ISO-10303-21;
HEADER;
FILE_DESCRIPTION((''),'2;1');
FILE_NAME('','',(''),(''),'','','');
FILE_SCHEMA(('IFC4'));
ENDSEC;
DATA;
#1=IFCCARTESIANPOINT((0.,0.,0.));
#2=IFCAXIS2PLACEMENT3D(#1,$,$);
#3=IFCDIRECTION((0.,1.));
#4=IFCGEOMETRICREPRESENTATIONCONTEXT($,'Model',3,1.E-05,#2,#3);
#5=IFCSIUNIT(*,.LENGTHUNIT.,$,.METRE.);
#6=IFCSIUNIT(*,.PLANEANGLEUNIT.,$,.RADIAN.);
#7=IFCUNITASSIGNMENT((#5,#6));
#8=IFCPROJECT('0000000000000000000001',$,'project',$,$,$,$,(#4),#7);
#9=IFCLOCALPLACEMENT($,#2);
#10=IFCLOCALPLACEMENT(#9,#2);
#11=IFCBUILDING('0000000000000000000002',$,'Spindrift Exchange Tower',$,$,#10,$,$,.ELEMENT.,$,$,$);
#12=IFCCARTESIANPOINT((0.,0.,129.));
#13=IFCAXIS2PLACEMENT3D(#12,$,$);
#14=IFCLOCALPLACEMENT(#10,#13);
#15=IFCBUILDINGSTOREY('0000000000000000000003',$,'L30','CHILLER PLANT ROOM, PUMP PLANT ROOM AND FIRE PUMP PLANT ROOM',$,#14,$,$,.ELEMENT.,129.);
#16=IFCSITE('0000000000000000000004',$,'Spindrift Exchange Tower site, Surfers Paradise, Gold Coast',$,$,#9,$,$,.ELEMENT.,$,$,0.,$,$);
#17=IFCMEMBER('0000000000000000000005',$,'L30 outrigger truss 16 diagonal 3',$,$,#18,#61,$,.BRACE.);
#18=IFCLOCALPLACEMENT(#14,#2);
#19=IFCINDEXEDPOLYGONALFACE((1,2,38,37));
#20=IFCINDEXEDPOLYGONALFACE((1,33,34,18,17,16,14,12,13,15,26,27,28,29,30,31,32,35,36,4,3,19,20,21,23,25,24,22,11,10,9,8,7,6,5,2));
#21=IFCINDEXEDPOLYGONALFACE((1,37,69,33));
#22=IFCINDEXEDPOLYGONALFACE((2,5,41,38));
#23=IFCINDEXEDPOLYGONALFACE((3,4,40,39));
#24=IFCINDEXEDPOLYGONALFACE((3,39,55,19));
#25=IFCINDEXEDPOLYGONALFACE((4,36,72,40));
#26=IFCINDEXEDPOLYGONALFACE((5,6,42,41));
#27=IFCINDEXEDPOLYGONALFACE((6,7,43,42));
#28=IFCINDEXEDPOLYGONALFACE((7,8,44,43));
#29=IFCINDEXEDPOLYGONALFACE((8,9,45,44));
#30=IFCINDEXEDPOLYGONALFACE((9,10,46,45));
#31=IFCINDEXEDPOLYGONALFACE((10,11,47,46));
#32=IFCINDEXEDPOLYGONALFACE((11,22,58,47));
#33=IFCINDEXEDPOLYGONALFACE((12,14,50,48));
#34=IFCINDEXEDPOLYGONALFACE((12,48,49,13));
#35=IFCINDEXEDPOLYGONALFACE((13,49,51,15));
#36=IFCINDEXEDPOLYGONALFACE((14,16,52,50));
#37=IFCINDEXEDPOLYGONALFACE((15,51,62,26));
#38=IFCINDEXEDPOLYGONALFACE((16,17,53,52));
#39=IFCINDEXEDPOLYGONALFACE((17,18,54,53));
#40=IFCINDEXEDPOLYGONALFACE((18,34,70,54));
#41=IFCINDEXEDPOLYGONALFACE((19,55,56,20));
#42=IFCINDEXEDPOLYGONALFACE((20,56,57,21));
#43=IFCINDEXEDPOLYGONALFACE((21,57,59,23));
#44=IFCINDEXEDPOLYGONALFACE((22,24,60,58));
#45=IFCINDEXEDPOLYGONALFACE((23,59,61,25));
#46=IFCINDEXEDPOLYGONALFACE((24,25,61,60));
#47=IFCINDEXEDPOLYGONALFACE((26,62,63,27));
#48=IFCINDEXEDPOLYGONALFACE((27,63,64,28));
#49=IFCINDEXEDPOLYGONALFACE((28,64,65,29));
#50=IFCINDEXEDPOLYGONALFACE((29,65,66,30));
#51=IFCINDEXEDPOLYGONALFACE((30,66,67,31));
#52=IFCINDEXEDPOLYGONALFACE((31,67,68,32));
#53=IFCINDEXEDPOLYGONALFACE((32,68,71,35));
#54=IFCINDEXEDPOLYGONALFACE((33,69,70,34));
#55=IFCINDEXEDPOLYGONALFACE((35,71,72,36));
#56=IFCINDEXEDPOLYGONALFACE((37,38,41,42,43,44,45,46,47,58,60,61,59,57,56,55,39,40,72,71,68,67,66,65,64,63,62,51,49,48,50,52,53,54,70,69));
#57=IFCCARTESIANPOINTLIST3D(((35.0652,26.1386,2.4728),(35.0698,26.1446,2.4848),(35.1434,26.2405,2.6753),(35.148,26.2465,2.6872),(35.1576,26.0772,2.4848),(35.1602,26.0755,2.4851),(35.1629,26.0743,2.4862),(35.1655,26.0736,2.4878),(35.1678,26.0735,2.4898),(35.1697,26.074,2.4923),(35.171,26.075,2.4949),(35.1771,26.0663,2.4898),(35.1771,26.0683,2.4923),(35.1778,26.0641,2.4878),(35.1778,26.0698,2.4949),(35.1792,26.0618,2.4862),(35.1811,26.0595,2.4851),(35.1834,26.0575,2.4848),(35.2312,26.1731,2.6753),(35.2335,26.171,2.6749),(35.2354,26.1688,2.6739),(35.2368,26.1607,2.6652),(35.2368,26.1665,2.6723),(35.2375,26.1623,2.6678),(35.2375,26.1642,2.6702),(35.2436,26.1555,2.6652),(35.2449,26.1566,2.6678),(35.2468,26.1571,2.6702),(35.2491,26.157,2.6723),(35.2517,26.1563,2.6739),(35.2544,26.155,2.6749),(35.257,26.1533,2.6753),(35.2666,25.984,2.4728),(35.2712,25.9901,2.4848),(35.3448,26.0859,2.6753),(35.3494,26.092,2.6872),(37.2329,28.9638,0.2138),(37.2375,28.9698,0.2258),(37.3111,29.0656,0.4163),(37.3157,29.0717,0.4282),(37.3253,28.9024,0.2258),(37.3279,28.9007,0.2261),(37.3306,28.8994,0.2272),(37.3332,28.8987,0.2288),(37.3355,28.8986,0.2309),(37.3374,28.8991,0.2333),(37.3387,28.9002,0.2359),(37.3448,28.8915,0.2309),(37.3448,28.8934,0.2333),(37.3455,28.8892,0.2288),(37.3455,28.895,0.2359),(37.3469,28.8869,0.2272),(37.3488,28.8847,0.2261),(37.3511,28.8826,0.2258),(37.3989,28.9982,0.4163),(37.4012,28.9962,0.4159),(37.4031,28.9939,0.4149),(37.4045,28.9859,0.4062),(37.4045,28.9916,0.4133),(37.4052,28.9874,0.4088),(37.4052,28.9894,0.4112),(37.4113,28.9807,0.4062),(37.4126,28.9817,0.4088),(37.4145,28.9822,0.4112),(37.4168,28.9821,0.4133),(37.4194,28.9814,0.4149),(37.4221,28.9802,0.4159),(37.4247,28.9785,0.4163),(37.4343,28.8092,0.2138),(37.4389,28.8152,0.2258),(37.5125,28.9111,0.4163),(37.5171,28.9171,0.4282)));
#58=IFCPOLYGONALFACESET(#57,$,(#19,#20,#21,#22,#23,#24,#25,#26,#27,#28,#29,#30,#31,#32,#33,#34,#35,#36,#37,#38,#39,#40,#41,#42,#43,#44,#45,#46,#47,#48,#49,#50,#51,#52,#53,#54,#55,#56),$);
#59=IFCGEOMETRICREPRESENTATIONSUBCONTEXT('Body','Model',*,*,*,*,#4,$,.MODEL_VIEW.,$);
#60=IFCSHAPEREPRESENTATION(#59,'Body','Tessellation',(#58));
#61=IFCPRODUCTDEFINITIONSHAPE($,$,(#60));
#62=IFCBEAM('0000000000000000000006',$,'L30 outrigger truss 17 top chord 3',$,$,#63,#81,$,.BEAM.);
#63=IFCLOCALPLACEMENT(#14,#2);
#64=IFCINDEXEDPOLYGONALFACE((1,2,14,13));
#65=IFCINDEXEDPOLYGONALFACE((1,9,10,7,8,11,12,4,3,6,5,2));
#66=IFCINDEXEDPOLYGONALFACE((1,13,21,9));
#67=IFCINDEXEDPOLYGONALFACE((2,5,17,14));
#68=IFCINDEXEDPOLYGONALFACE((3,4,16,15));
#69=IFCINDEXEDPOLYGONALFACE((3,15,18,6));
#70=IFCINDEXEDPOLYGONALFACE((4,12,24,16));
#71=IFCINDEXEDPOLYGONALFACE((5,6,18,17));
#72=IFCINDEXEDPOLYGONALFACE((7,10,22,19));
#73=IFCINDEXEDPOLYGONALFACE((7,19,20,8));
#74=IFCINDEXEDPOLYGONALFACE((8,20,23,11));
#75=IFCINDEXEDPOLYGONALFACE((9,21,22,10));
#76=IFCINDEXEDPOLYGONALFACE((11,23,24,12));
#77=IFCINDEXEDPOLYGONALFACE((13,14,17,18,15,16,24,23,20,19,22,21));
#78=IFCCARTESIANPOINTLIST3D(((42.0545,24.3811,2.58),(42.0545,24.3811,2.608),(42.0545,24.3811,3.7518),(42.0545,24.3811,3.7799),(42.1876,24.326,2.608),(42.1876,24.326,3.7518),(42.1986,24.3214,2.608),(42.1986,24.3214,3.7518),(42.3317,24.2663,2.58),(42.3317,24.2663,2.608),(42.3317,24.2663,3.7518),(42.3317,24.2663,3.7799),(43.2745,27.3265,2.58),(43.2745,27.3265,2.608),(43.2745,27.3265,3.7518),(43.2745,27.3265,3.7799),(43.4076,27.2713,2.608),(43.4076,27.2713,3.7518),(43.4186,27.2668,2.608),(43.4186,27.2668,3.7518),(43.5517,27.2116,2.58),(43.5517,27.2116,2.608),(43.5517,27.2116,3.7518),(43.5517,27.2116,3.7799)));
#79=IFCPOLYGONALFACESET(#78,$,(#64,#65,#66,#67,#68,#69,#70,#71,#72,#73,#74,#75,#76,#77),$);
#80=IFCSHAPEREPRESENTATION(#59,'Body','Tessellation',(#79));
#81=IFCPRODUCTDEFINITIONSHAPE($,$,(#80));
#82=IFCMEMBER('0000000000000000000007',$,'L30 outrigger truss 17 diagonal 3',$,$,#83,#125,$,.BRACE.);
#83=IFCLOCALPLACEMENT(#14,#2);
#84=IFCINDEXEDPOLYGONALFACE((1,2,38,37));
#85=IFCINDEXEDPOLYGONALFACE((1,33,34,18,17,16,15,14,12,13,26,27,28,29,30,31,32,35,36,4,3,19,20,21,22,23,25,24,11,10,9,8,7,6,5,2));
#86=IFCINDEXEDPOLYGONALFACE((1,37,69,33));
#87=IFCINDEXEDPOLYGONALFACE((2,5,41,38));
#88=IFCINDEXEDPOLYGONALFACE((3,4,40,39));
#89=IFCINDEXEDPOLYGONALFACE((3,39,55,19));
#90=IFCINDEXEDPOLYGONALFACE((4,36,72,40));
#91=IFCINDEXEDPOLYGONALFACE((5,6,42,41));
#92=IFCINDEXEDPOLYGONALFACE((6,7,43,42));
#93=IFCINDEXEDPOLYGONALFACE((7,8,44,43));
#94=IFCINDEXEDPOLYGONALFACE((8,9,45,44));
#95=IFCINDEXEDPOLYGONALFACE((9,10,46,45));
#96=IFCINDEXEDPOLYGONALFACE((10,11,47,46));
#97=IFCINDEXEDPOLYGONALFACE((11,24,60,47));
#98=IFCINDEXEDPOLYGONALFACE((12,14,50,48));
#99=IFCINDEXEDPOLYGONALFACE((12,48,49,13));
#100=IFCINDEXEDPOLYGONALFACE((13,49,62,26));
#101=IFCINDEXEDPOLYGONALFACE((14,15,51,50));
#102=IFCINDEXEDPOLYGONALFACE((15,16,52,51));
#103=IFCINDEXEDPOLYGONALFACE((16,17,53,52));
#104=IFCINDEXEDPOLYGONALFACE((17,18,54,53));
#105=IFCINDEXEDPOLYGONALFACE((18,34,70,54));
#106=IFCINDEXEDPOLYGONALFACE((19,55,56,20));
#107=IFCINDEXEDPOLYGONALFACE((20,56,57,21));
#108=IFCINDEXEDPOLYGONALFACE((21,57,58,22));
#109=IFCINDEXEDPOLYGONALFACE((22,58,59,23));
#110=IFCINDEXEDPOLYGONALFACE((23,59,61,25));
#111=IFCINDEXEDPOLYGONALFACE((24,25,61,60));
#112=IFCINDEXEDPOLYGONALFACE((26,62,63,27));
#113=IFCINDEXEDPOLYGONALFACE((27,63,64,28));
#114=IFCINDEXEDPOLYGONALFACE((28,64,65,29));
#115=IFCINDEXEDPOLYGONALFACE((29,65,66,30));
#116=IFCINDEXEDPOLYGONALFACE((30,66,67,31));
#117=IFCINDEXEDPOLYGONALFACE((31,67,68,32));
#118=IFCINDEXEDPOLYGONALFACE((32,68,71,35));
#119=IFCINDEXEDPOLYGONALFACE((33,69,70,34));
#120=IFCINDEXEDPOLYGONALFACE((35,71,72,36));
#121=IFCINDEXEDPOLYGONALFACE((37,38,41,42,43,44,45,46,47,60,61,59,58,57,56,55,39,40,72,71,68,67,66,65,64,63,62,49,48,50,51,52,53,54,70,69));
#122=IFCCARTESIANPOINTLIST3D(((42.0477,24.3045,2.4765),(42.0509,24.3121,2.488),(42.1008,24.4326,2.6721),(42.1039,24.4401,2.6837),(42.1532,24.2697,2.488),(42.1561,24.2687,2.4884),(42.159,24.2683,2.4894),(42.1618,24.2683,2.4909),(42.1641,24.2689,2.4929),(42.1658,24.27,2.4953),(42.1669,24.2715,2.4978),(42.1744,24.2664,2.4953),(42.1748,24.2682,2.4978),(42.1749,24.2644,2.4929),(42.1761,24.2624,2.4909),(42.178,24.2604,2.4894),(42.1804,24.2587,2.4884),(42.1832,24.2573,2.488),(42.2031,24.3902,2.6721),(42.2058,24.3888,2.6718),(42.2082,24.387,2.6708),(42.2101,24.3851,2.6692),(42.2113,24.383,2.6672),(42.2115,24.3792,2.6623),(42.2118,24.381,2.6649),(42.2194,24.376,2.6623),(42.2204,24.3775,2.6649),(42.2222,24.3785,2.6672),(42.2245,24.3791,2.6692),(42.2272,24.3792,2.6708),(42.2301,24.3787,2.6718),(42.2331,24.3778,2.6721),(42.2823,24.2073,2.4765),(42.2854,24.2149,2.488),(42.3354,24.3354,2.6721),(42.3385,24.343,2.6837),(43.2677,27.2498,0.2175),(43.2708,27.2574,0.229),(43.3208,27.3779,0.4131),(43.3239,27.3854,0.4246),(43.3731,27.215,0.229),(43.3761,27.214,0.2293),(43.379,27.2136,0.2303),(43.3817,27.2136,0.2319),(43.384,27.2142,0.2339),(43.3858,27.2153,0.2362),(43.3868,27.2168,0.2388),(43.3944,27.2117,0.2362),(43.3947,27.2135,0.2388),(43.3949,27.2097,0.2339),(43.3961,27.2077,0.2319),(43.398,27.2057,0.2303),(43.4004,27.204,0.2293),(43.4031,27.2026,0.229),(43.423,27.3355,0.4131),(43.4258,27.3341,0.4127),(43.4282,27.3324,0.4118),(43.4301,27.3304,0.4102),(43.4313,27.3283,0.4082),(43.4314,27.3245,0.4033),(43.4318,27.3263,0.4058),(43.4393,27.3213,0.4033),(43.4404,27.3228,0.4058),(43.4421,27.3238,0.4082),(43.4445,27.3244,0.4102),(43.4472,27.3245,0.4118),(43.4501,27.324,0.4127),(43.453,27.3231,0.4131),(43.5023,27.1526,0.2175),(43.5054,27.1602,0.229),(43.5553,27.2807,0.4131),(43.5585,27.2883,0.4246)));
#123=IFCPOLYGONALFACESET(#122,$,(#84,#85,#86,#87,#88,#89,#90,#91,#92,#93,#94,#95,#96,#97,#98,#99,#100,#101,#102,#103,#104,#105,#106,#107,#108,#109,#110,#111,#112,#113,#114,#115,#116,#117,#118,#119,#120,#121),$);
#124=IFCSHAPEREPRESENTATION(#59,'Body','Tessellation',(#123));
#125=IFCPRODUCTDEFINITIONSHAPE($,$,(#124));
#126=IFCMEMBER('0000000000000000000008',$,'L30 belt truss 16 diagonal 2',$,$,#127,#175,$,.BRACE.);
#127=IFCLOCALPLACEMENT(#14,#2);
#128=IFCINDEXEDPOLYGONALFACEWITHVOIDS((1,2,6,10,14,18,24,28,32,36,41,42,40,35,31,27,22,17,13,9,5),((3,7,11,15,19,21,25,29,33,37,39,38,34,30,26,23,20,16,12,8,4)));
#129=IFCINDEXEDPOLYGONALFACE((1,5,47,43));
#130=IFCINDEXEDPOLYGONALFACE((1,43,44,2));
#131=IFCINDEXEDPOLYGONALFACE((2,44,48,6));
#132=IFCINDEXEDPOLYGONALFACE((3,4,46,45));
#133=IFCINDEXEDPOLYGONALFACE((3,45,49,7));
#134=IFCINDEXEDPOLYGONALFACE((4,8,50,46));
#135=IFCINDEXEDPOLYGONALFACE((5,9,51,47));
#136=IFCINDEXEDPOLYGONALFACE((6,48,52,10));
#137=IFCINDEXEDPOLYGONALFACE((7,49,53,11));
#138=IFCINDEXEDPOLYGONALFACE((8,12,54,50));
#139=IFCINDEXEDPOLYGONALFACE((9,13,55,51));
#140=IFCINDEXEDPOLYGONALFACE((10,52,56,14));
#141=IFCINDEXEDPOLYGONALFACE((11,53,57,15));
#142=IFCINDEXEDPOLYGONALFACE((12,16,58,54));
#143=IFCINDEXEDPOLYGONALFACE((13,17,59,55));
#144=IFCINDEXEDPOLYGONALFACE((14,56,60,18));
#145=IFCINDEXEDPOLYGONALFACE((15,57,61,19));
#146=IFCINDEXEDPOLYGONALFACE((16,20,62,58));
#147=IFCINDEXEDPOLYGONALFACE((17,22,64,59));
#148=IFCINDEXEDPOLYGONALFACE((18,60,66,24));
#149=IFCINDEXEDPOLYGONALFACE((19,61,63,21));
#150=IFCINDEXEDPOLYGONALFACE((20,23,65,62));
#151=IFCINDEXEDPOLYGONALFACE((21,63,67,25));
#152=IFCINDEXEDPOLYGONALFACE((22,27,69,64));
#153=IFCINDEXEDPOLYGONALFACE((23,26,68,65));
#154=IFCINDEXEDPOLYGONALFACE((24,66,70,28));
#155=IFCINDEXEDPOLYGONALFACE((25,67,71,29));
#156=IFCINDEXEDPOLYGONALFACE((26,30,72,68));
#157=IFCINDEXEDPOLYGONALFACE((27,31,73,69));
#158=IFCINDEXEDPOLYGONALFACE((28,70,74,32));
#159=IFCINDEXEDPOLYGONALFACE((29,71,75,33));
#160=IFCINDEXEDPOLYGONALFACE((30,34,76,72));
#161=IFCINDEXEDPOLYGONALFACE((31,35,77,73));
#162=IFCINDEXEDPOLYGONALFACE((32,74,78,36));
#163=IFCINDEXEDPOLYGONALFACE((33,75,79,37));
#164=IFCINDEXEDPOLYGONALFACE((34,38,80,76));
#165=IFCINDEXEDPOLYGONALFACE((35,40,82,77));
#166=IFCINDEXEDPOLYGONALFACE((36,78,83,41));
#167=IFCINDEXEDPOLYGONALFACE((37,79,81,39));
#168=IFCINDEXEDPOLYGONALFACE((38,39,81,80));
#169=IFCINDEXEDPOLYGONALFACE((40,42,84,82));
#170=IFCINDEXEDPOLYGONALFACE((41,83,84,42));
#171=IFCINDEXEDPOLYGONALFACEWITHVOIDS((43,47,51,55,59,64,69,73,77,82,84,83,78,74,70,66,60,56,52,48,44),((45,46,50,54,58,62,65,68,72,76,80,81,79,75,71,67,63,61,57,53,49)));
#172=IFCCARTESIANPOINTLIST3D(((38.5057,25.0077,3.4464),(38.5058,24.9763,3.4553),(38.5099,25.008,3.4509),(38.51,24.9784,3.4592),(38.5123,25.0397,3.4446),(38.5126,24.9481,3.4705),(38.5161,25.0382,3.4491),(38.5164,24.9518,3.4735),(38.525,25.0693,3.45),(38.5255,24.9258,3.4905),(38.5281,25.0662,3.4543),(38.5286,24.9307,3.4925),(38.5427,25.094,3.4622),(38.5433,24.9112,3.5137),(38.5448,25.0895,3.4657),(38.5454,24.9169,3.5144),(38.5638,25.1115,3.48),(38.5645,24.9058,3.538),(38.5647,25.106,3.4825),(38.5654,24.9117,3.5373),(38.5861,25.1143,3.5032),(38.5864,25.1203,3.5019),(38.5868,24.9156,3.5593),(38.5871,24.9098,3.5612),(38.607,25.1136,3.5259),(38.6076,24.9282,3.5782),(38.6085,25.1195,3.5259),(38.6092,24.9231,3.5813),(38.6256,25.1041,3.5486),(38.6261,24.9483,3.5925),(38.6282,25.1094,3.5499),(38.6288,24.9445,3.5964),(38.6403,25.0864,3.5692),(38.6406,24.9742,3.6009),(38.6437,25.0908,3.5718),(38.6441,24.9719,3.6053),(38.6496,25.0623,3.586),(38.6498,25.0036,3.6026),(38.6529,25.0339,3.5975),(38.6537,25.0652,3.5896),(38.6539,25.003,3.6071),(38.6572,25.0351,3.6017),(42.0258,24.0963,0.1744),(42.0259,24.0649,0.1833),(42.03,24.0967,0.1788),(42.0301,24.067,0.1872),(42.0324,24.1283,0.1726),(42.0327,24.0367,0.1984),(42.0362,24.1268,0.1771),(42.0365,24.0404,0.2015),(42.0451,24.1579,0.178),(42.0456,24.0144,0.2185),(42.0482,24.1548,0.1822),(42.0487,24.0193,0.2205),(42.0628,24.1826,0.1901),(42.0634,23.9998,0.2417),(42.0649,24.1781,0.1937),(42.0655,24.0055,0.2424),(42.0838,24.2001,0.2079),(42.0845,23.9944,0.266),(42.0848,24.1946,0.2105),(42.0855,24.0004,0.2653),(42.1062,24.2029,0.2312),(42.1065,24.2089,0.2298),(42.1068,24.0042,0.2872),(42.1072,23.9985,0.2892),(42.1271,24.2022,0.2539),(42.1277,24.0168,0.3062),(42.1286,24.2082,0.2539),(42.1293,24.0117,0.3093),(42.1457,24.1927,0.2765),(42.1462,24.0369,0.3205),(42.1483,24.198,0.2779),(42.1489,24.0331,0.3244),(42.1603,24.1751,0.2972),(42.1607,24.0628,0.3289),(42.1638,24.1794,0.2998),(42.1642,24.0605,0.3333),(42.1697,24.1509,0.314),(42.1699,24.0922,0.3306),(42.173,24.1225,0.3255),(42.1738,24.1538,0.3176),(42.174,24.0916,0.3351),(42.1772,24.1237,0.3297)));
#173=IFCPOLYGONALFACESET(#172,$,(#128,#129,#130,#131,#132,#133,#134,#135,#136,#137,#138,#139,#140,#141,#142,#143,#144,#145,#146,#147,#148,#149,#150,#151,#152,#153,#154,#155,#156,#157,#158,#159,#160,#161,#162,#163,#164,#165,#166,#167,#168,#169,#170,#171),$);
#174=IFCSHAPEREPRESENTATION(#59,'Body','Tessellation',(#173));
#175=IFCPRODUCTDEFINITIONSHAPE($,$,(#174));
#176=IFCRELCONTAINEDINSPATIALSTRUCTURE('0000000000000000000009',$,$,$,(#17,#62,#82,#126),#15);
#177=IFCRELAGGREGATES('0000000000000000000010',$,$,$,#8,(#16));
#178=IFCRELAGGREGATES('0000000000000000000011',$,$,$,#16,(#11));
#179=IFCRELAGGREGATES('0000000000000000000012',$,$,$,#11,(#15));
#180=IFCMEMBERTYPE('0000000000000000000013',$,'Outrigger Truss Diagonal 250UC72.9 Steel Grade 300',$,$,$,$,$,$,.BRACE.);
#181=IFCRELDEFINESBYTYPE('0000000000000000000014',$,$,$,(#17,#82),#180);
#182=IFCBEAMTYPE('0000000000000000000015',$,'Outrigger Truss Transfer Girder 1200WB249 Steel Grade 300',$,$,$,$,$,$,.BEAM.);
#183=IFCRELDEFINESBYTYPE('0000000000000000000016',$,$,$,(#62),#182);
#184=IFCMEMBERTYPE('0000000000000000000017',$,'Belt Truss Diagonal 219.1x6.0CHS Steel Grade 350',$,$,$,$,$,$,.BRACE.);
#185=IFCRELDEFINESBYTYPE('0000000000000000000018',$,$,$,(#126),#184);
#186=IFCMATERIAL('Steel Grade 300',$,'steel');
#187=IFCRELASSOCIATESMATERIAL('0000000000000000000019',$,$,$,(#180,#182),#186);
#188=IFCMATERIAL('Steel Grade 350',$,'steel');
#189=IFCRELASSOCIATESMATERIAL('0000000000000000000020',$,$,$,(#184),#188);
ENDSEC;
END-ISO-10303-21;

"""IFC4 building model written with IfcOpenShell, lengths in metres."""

from ifc_helpers import new_model, si_unit, direction, frame, origin, origin_2d, place, context, subcontext, project, spatial, hollow_circle, i_section, extrude, source, transform, mapped, material, material_profile, profile_set, type_object, element, save


model = new_model("IFC4")

# Units and contexts
model_context = context("Model", 3, precision=1e-05, world=origin(), true_north=direction((0.0, 1.0)))
body_context = subcontext(model_context, "Body", "Model", "MODEL_VIEW")
ifc_project = project(units=[si_unit("LENGTHUNIT", "METRE"), si_unit("PLANEANGLEUNIT", "RADIAN")], contexts=[model_context])

# Site, building, storey
site_placement = place(None, origin())
site = spatial("IfcSite", under=ifc_project, at=site_placement, Name="Spindrift Exchange Tower site, Surfers Paradise, Gold Coast", CompositionType="ELEMENT", RefElevation=0.0)
building_placement = place(site_placement, origin())
building = spatial("IfcBuilding", under=site, at=building_placement, Name="Spindrift Exchange Tower", CompositionType="ELEMENT")
storey_placement = place(building_placement, frame((0.0, 0.0, 129.0)))
storey = spatial("IfcBuildingStorey", under=building, at=storey_placement, Name="L30", Description="CHILLER PLANT ROOM, PUMP PLANT ROOM AND FIRE PUMP PLANT ROOM", CompositionType="ELEMENT", Elevation=129.0)

# Member
ifc_material_1 = material(Name="Steel Grade 300", Category="steel")
ifc_material_profile_1 = material_profile(ifc_material_1, i_section(OverallWidth=0.2539, OverallDepth=0.2539, WebThickness=0.0085, FlangeThickness=0.0142, FilletRadius=0.012, at=origin_2d()), Name="250UC72.9")
ifc_profile_set_1 = profile_set([ifc_material_profile_1], Name="Steel Grade 300")
member_type_1 = type_object("IfcMemberType", Name="Outrigger Truss Diagonal 250UC72.9 Steel Grade 300", PredefinedType="BRACE", material=ifc_profile_set_1)
shared_shape_1 = source(origin(), body_context, "Body", "SweptSolid", [
    extrude(i_section(OverallWidth=0.2539, OverallDepth=0.2539, WebThickness=0.0085, FlangeThickness=0.0142, FilletRadius=0.012, at=origin_2d()), origin(), (0.0, 0.0, 1.0), 4.217),
])
member_1_placement = place(storey_placement, frame((37.375, 28.9404, 0.321), z_axis=(-0.514031, -0.669937, 0.535683), x_axis=(0.79337, -0.60874, 0.0)))
element("IfcMember", 1, at=member_1_placement, inside=storey, type_object=member_type_1, Name="L30 outrigger truss 16 diagonal 3", PredefinedType="BRACE", context=body_context, shape_type="MappedRepresentation", body=[
    mapped(shared_shape_1, transform((0.0, 0.0, 0.0), scale=1.0)),
])

# Beam
ifc_material_profile_2 = material_profile(ifc_material_1, i_section(OverallWidth=0.3, OverallDepth=1.2, WebThickness=0.012, FlangeThickness=0.0281, at=origin_2d()), Name="1200WB249")
ifc_profile_set_2 = profile_set([ifc_material_profile_2], Name="Steel Grade 300")
beam_type_1 = type_object("IfcBeamType", Name="Outrigger Truss Transfer Girder 1200WB249 Steel Grade 300", PredefinedType="BEAM", material=ifc_profile_set_2)
shared_shape_2 = source(origin(), body_context, "Body", "SweptSolid", [
    extrude(i_section(OverallWidth=0.3, OverallDepth=1.2, WebThickness=0.012, FlangeThickness=0.0281, at=origin_2d()), origin(), (0.0, 0.0, 1.0), 3.188),
])
beam_1_placement = place(storey_placement, frame((43.4131, 27.269, 3.1799), z_axis=(-0.382679, -0.923881, 0.0), x_axis=(0.923881, -0.382679, 0.0)))
element("IfcBeam", 2, at=beam_1_placement, inside=storey, type_object=beam_type_1, Name="L30 outrigger truss 17 top chord 3", PredefinedType="BEAM", context=body_context, shape_type="MappedRepresentation", body=[
    mapped(shared_shape_2, transform((0.0, 0.0, 0.0), scale=1.0)),
])

# Members
shared_shape_3 = source(origin(), body_context, "Body", "SweptSolid", [
    extrude(i_section(OverallWidth=0.2539, OverallDepth=0.2539, WebThickness=0.0085, FlangeThickness=0.0142, FilletRadius=0.012, at=origin_2d()), origin(), (0.0, 0.0, 1.0), 3.9072),
])
member_2_placement = place(storey_placement, frame((43.4131, 27.269, 0.321), z_axis=(-0.312234, -0.753811, 0.578168), x_axis=(0.923881, -0.382679, 0.0)))
element("IfcMember", 3, at=member_2_placement, inside=storey, type_object=member_type_1, Name="L30 outrigger truss 17 diagonal 3", PredefinedType="BRACE", context=body_context, shape_type="MappedRepresentation", body=[
    mapped(shared_shape_3, transform((0.0, 0.0, 0.0), scale=1.0)),
])
ifc_material_2 = material(Name="Steel Grade 350", Category="steel")
ifc_material_profile_3 = material_profile(ifc_material_2, hollow_circle(Radius=0.1096, WallThickness=0.0061, at=origin_2d()), Name="219.1x6.0CHS")
ifc_profile_set_3 = profile_set([ifc_material_profile_3], Name="Steel Grade 350")
member_type_2 = type_object("IfcMemberType", Name="Belt Truss Diagonal 219.1x6.0CHS Steel Grade 350", PredefinedType="BRACE", material=ifc_profile_set_3)
shared_shape_4 = source(origin(), body_context, "Body", "SweptSolid", [
    extrude(hollow_circle(Radius=0.1096, WallThickness=0.0061, at=origin_2d()), origin(), (0.0, 0.0, 1.0), 4.8916),
])
member_3_placement = place(storey_placement, frame((38.5811, 25.0134, 3.5259), z_axis=(0.719617, -0.186318, -0.668907), x_axis=(0.250648, 0.968078, 0.0)))
element("IfcMember", 4, at=member_3_placement, inside=storey, type_object=member_type_2, Name="L30 belt truss 16 diagonal 2", PredefinedType="BRACE", context=body_context, shape_type="MappedRepresentation", body=[
    mapped(shared_shape_4, transform((0.0, 0.0, 0.0), scale=1.0)),
])

save(model, "model.ifc")
